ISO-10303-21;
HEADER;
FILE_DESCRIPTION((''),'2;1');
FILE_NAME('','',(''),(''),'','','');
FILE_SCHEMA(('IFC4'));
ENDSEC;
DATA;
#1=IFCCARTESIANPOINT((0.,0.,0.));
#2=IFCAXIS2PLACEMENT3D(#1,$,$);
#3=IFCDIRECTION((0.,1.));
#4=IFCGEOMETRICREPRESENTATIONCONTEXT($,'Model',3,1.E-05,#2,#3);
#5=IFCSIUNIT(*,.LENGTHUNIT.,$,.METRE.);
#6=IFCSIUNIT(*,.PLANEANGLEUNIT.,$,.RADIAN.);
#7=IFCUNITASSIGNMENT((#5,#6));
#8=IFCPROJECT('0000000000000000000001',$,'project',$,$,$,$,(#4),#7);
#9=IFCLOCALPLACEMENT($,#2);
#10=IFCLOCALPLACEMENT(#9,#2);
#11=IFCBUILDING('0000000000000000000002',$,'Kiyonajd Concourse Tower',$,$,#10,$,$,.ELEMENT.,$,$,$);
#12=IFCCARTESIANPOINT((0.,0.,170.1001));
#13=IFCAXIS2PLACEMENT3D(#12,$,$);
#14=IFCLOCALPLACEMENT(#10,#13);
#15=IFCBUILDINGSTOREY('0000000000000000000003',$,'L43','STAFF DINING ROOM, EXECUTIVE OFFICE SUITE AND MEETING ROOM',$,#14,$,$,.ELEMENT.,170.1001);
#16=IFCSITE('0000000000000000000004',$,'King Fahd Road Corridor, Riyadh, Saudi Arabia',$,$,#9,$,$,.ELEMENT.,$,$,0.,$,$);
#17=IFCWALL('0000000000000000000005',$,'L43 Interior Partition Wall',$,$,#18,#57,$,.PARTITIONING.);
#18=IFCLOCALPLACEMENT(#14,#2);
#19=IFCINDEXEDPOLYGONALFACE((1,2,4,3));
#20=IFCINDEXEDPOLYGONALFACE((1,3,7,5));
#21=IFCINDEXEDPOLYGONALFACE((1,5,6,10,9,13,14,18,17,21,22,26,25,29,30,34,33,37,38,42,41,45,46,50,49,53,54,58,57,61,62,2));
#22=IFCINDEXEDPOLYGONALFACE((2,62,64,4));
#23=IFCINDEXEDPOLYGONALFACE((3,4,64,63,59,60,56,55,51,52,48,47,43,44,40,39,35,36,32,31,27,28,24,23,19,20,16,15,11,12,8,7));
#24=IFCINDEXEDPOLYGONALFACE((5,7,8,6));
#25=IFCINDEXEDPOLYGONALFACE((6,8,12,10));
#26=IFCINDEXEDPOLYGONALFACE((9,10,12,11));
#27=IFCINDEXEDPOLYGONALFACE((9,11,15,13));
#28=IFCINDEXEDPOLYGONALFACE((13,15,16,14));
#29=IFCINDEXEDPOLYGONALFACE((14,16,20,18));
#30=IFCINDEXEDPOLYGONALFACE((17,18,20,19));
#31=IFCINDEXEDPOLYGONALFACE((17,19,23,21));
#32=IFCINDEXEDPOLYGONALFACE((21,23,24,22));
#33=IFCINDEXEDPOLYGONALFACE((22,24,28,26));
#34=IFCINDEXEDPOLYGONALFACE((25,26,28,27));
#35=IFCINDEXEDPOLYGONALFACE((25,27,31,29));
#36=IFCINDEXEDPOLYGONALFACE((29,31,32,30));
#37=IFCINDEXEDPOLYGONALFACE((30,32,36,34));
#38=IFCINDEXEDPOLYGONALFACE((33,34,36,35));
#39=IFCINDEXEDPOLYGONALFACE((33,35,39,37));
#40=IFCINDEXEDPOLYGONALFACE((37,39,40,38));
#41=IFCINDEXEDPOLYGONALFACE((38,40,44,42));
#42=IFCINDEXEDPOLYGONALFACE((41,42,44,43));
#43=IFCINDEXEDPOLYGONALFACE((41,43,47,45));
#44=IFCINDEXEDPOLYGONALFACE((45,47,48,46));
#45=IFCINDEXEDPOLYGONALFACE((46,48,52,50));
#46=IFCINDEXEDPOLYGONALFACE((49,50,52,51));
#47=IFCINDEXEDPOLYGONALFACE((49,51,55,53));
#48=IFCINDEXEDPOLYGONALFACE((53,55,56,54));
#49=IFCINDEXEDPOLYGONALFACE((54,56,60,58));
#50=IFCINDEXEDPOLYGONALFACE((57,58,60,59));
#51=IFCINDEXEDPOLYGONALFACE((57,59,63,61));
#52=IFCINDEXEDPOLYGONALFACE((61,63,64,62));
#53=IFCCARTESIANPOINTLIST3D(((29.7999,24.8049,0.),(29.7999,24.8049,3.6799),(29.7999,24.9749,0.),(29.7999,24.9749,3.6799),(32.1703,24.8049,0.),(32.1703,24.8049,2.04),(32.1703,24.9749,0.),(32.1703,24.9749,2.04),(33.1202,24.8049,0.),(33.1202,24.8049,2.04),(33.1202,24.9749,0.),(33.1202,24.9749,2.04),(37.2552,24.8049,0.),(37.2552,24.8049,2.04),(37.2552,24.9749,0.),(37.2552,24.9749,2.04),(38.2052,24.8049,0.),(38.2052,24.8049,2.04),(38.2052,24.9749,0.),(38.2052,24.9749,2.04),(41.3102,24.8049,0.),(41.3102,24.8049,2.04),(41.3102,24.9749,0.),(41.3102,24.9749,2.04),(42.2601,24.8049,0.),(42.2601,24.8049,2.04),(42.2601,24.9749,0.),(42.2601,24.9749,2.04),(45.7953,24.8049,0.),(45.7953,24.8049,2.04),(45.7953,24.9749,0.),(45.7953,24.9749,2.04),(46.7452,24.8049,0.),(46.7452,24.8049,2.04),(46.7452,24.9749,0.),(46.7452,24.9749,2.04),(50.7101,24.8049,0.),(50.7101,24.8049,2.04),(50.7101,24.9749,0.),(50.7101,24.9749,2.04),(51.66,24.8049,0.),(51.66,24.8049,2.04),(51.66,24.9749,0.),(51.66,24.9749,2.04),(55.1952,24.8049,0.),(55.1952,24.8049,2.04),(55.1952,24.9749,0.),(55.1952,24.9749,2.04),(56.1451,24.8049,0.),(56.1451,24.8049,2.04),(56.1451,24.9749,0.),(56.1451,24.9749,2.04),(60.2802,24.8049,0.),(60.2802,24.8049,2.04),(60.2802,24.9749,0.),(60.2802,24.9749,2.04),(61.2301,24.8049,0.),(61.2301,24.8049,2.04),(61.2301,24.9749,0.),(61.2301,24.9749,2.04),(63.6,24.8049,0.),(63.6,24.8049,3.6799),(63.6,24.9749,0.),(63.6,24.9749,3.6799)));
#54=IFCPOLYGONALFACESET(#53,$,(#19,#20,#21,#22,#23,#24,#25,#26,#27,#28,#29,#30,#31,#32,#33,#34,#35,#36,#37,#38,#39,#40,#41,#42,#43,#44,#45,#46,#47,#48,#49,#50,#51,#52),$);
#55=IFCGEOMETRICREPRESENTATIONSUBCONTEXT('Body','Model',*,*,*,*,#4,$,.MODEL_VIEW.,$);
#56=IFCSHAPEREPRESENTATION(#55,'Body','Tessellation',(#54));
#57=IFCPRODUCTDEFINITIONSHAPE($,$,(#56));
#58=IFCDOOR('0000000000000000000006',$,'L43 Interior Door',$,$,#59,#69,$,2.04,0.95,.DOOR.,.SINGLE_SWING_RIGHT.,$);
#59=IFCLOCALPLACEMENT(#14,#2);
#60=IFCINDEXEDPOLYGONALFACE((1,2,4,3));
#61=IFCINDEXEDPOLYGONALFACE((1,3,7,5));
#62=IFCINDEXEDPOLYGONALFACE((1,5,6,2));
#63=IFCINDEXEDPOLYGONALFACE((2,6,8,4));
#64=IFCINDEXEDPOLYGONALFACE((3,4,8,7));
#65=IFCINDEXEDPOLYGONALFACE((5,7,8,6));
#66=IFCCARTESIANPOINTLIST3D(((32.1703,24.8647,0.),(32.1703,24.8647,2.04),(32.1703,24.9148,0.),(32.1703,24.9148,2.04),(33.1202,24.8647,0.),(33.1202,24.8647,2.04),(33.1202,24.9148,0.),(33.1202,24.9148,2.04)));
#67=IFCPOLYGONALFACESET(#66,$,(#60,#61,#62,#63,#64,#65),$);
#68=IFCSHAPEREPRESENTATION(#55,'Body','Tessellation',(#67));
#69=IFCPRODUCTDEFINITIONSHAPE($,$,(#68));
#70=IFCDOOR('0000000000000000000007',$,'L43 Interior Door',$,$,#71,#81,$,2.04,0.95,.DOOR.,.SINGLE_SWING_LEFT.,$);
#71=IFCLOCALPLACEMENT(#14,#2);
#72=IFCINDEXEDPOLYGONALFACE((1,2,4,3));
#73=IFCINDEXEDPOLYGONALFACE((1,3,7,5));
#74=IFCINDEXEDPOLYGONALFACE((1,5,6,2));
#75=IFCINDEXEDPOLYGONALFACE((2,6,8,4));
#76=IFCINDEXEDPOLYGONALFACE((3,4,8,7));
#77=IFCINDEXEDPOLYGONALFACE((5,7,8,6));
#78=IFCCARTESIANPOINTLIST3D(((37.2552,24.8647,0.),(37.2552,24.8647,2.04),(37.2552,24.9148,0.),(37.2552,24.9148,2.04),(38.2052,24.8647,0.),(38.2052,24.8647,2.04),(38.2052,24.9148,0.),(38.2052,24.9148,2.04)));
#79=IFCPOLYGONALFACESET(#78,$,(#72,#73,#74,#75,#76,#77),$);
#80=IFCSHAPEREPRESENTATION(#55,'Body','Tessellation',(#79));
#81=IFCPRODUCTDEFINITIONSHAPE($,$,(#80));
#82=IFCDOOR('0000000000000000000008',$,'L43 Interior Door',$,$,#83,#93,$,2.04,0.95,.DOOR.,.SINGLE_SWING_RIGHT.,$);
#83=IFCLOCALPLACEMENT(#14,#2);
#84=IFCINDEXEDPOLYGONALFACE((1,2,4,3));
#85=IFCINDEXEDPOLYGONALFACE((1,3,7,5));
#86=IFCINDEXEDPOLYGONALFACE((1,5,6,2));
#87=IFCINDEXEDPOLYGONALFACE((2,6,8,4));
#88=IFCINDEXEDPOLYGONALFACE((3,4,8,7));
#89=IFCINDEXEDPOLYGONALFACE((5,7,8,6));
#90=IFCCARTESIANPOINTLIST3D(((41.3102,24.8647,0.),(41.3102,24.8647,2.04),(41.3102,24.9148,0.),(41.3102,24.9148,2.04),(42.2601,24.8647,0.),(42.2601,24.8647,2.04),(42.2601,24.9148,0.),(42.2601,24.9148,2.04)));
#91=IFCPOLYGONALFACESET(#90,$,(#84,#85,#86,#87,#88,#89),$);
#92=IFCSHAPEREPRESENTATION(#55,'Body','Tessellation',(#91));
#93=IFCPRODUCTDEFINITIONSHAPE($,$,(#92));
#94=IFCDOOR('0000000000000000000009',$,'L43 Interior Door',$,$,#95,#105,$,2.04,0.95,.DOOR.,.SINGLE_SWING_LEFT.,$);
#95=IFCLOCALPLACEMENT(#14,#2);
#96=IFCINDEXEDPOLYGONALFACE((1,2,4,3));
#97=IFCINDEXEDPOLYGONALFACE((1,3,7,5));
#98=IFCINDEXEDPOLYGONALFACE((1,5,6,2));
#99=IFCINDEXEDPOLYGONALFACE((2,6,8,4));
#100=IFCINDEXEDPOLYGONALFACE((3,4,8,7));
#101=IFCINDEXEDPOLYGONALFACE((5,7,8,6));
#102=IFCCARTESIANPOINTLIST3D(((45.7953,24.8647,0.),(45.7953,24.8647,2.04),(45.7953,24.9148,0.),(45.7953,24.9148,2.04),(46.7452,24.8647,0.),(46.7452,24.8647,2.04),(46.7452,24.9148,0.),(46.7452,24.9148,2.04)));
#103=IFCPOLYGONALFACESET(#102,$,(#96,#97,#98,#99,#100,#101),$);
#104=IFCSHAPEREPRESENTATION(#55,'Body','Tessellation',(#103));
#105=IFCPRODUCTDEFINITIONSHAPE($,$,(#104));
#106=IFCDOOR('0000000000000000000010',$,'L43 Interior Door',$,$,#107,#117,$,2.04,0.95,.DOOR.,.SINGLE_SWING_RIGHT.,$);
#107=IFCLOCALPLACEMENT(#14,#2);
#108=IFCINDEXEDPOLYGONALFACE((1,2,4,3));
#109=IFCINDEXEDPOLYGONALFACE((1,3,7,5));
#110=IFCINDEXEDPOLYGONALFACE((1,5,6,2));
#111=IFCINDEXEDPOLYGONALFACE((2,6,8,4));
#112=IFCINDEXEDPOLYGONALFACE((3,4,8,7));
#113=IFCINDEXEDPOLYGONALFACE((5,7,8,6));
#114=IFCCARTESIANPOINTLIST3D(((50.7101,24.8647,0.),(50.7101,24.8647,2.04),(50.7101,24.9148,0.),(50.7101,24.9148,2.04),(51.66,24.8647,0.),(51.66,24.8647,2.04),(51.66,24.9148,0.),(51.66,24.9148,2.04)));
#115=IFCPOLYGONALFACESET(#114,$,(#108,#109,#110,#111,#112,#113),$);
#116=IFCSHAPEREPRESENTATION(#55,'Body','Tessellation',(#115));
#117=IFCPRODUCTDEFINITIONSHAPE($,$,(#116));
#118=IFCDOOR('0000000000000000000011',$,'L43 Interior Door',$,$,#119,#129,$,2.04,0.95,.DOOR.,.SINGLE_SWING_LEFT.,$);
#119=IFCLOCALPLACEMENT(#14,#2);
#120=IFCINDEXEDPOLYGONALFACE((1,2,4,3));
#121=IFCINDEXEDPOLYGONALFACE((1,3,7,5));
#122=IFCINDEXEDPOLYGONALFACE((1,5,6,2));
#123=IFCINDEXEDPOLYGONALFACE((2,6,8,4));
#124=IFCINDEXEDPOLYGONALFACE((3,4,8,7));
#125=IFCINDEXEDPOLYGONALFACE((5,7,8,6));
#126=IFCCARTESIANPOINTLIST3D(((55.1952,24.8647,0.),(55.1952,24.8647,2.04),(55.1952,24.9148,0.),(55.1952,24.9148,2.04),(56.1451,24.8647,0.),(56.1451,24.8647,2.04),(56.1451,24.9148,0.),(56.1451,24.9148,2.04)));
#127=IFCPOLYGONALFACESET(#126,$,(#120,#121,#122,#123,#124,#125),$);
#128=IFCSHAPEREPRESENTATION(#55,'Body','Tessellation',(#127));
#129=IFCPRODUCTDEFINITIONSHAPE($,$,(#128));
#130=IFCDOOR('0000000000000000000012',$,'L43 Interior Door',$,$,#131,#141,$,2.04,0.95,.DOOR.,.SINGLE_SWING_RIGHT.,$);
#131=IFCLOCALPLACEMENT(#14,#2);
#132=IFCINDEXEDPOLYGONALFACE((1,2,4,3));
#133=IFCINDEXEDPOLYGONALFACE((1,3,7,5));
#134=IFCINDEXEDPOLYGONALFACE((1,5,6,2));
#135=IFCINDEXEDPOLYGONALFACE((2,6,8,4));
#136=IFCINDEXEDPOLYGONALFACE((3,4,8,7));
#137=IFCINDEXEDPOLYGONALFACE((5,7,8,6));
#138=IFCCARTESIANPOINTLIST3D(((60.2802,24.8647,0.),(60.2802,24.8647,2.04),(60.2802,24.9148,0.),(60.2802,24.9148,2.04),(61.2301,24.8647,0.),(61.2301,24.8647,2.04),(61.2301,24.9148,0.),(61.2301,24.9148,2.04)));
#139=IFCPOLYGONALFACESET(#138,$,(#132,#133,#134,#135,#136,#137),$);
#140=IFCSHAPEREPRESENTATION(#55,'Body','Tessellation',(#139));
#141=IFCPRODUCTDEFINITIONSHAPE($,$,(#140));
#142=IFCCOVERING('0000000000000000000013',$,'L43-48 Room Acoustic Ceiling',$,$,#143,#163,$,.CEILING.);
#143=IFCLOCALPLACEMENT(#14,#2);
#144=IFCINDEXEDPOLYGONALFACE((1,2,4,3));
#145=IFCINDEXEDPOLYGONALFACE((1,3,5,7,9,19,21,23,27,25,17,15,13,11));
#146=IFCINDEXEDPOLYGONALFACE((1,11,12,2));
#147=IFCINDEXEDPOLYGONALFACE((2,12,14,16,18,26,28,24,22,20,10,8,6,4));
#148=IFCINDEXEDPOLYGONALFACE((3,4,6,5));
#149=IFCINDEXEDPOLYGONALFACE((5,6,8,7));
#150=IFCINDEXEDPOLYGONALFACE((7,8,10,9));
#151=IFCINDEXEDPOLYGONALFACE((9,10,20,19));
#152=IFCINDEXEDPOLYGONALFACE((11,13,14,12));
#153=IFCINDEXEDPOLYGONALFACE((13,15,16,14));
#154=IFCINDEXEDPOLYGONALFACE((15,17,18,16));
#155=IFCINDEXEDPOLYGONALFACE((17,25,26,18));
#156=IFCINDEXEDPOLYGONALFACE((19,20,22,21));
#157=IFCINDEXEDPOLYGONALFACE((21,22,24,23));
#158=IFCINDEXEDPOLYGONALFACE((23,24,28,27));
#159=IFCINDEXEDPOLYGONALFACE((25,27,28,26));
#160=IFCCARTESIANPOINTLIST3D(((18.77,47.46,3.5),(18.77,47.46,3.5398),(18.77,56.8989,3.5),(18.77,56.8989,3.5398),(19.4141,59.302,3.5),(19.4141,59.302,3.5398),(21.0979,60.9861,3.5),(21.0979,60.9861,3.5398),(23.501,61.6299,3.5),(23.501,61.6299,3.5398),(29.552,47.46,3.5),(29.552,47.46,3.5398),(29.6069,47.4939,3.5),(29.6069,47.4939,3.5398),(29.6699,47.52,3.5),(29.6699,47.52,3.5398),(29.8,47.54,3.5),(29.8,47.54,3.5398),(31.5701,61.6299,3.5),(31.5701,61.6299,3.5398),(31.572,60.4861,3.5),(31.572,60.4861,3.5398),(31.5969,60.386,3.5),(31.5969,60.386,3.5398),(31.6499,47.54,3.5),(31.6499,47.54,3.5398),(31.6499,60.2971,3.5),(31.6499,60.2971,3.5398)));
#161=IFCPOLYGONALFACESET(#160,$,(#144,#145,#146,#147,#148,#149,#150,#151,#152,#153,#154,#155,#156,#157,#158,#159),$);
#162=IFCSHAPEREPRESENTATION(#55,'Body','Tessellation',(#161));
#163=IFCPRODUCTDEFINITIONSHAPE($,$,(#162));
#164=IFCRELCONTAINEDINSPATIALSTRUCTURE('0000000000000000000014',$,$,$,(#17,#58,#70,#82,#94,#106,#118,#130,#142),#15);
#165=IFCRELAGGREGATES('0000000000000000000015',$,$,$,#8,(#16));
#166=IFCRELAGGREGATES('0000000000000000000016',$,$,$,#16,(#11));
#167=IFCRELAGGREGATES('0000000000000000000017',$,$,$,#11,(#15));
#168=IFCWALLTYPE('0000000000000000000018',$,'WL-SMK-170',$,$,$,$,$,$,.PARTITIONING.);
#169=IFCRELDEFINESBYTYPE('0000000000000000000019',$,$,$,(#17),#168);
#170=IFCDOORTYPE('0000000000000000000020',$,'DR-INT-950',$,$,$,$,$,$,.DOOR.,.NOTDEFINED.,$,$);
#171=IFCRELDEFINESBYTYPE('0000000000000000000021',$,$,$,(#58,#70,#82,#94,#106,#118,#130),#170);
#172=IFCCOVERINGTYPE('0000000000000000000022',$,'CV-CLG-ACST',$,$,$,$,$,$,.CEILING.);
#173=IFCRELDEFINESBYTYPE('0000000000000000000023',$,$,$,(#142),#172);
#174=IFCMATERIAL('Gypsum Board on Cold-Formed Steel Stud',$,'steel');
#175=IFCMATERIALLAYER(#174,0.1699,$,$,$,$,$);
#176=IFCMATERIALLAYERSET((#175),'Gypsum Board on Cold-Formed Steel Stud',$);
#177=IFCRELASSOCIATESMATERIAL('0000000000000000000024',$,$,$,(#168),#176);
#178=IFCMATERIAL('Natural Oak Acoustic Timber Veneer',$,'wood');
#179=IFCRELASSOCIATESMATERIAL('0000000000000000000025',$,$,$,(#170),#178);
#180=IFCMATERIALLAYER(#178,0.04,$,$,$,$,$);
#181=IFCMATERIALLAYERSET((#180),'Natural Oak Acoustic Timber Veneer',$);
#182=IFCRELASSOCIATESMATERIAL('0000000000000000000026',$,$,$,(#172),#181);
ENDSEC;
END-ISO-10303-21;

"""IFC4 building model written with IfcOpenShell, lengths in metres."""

from ifc_helpers import new_model, si_unit, direction, frame, frame_2d, origin, place, context, subcontext, project, spatial, polyline, rectangle, outline, extrude, material, layer, layer_set, type_object, element, fill, save


model = new_model("IFC4")

# Units and contexts
model_context = context("Model", 3, precision=1e-05, world=origin(), true_north=direction((0.0, 1.0)))
body_context = subcontext(model_context, "Body", "Model", "MODEL_VIEW")
ifc_project = project(units=[si_unit("LENGTHUNIT", "METRE"), si_unit("PLANEANGLEUNIT", "RADIAN")], contexts=[model_context])

# Site, building, storey
site_placement = place(None, origin())
site = spatial("IfcSite", under=ifc_project, at=site_placement, Name="King Fahd Road Corridor, Riyadh, Saudi Arabia", CompositionType="ELEMENT", RefElevation=0.0)
building_placement = place(site_placement, origin())
building = spatial("IfcBuilding", under=site, at=building_placement, Name="Kiyonajd Concourse Tower", CompositionType="ELEMENT")
storey_placement = place(building_placement, frame((0.0, 0.0, 170.1001)))
storey = spatial("IfcBuildingStorey", under=building, at=storey_placement, Name="L43", Description="STAFF DINING ROOM, EXECUTIVE OFFICE SUITE AND MEETING ROOM", CompositionType="ELEMENT", Elevation=170.1001)

# Wall, openings, doors
ifc_material_1 = material(Name="Gypsum Board on Cold-Formed Steel Stud", Category="steel")
ifc_layer_1 = layer(ifc_material_1, 0.1699)
ifc_layer_set_1 = layer_set([ifc_layer_1], Name="Gypsum Board on Cold-Formed Steel Stud")
wall_type_1 = type_object("IfcWallType", Name="WL-SMK-170", PredefinedType="PARTITIONING", material=ifc_layer_set_1)
wall_1_placement = place(storey_placement, frame((29.8, 24.8899, 0.0), z_axis=(0.0, 0.0, 1.0), x_axis=(1.0, 0.0, 0.0)))
wall_1 = element("IfcWall", 1, at=wall_1_placement, inside=storey, type_object=wall_type_1, Name="L43 Interior Partition Wall", PredefinedType="PARTITIONING", context=body_context, shape_type="SweptSolid", body=[
    extrude(rectangle(XDim=33.8, YDim=0.1699, at=frame_2d((16.8999, 0.0))), origin(), (0.0, 0.0, 1.0), 3.6799),
])
opening_1_placement = place(wall_1_placement, frame((2.3701, 0.0, 0.0)))
opening_1 = element("IfcOpeningElement", 2, at=opening_1_placement, cuts=wall_1, PredefinedType="OPENING", context=body_context, shape_type="SweptSolid", body=[
    extrude(rectangle(XDim=0.95, YDim=2.04, at=frame_2d((0.4751, 1.02))), frame((0.0, 0.095, 0.0), z_axis=(0.0, -1.0, 0.0), x_axis=(1.0, 0.0, 0.0)), (0.0, 0.0, 1.0), 0.1899),
])
opening_2_placement = place(wall_1_placement, frame((7.4551, 0.0, 0.0)))
opening_2 = element("IfcOpeningElement", 3, at=opening_2_placement, cuts=wall_1, PredefinedType="OPENING", context=body_context, shape_type="SweptSolid", body=[
    extrude(rectangle(XDim=0.95, YDim=2.04, at=frame_2d((0.4751, 1.02))), frame((0.0, 0.095, 0.0), z_axis=(0.0, -1.0, 0.0), x_axis=(1.0, 0.0, 0.0)), (0.0, 0.0, 1.0), 0.1899),
])
opening_3_placement = place(wall_1_placement, frame((11.51, 0.0, 0.0)))
opening_3 = element("IfcOpeningElement", 4, at=opening_3_placement, cuts=wall_1, PredefinedType="OPENING", context=body_context, shape_type="SweptSolid", body=[
    extrude(rectangle(XDim=0.95, YDim=2.04, at=frame_2d((0.4751, 1.02))), frame((0.0, 0.095, 0.0), z_axis=(0.0, -1.0, 0.0), x_axis=(1.0, 0.0, 0.0)), (0.0, 0.0, 1.0), 0.1899),
])
opening_4_placement = place(wall_1_placement, frame((15.9951, 0.0, 0.0)))
opening_4 = element("IfcOpeningElement", 5, at=opening_4_placement, cuts=wall_1, PredefinedType="OPENING", context=body_context, shape_type="SweptSolid", body=[
    extrude(rectangle(XDim=0.95, YDim=2.04, at=frame_2d((0.4751, 1.02))), frame((0.0, 0.095, 0.0), z_axis=(0.0, -1.0, 0.0), x_axis=(1.0, 0.0, 0.0)), (0.0, 0.0, 1.0), 0.1899),
])
opening_5_placement = place(wall_1_placement, frame((20.9099, 0.0, 0.0)))
opening_5 = element("IfcOpeningElement", 6, at=opening_5_placement, cuts=wall_1, PredefinedType="OPENING", context=body_context, shape_type="SweptSolid", body=[
    extrude(rectangle(XDim=0.95, YDim=2.04, at=frame_2d((0.4751, 1.02))), frame((0.0, 0.095, 0.0), z_axis=(0.0, -1.0, 0.0), x_axis=(1.0, 0.0, 0.0)), (0.0, 0.0, 1.0), 0.1899),
])
opening_6_placement = place(wall_1_placement, frame((25.395, 0.0, 0.0)))
opening_6 = element("IfcOpeningElement", 7, at=opening_6_placement, cuts=wall_1, PredefinedType="OPENING", context=body_context, shape_type="SweptSolid", body=[
    extrude(rectangle(XDim=0.95, YDim=2.04, at=frame_2d((0.4751, 1.02))), frame((0.0, 0.095, 0.0), z_axis=(0.0, -1.0, 0.0), x_axis=(1.0, 0.0, 0.0)), (0.0, 0.0, 1.0), 0.1899),
])
opening_7_placement = place(wall_1_placement, frame((30.48, 0.0, 0.0)))
opening_7 = element("IfcOpeningElement", 8, at=opening_7_placement, cuts=wall_1, PredefinedType="OPENING", context=body_context, shape_type="SweptSolid", body=[
    extrude(rectangle(XDim=0.95, YDim=2.04, at=frame_2d((0.4751, 1.02))), frame((0.0, 0.095, 0.0), z_axis=(0.0, -1.0, 0.0), x_axis=(1.0, 0.0, 0.0)), (0.0, 0.0, 1.0), 0.1899),
])
ifc_material_2 = material(Name="Natural Oak Acoustic Timber Veneer", Category="wood")
door_type = type_object("IfcDoorType", Name="DR-INT-950", OperationType="NOTDEFINED", PredefinedType="DOOR", material=ifc_material_2)
door_1_placement = place(opening_1_placement, origin())
door_1 = element("IfcDoor", 9, at=door_1_placement, inside=storey, type_object=door_type, Name="L43 Interior Door", OperationType="SINGLE_SWING_RIGHT", OverallHeight=2.04, OverallWidth=0.95, PredefinedType="DOOR", context=body_context, shape_type="SweptSolid", body=[
    extrude(rectangle(XDim=0.95, YDim=2.04, at=frame_2d((0.4751, 1.02))), frame((0.0, 0.0249, 0.0), z_axis=(0.0, -1.0, 0.0), x_axis=(1.0, 0.0, 0.0)), (0.0, 0.0, 1.0), 0.05),
])
fill(opening_1, door_1)
door_2_placement = place(opening_2_placement, origin())
door_2 = element("IfcDoor", 10, at=door_2_placement, inside=storey, type_object=door_type, Name="L43 Interior Door", OperationType="SINGLE_SWING_LEFT", OverallHeight=2.04, OverallWidth=0.95, PredefinedType="DOOR", context=body_context, shape_type="SweptSolid", body=[
    extrude(rectangle(XDim=0.95, YDim=2.04, at=frame_2d((0.4751, 1.02))), frame((0.0, 0.0249, 0.0), z_axis=(0.0, -1.0, 0.0), x_axis=(1.0, 0.0, 0.0)), (0.0, 0.0, 1.0), 0.05),
])
fill(opening_2, door_2)
door_3_placement = place(opening_3_placement, origin())
door_3 = element("IfcDoor", 11, at=door_3_placement, inside=storey, type_object=door_type, Name="L43 Interior Door", OperationType="SINGLE_SWING_RIGHT", OverallHeight=2.04, OverallWidth=0.95, PredefinedType="DOOR", context=body_context, shape_type="SweptSolid", body=[
    extrude(rectangle(XDim=0.95, YDim=2.04, at=frame_2d((0.4751, 1.02))), frame((0.0, 0.0249, 0.0), z_axis=(0.0, -1.0, 0.0), x_axis=(1.0, 0.0, 0.0)), (0.0, 0.0, 1.0), 0.05),
])
fill(opening_3, door_3)
door_4_placement = place(opening_4_placement, origin())
door_4 = element("IfcDoor", 12, at=door_4_placement, inside=storey, type_object=door_type, Name="L43 Interior Door", OperationType="SINGLE_SWING_LEFT", OverallHeight=2.04, OverallWidth=0.95, PredefinedType="DOOR", context=body_context, shape_type="SweptSolid", body=[
    extrude(rectangle(XDim=0.95, YDim=2.04, at=frame_2d((0.4751, 1.02))), frame((0.0, 0.0249, 0.0), z_axis=(0.0, -1.0, 0.0), x_axis=(1.0, 0.0, 0.0)), (0.0, 0.0, 1.0), 0.05),
])
fill(opening_4, door_4)
door_5_placement = place(opening_5_placement, origin())
door_5 = element("IfcDoor", 13, at=door_5_placement, inside=storey, type_object=door_type, Name="L43 Interior Door", OperationType="SINGLE_SWING_RIGHT", OverallHeight=2.04, OverallWidth=0.95, PredefinedType="DOOR", context=body_context, shape_type="SweptSolid", body=[
    extrude(rectangle(XDim=0.95, YDim=2.04, at=frame_2d((0.4751, 1.02))), frame((0.0, 0.0249, 0.0), z_axis=(0.0, -1.0, 0.0), x_axis=(1.0, 0.0, 0.0)), (0.0, 0.0, 1.0), 0.05),
])
fill(opening_5, door_5)
door_6_placement = place(opening_6_placement, origin())
door_6 = element("IfcDoor", 14, at=door_6_placement, inside=storey, type_object=door_type, Name="L43 Interior Door", OperationType="SINGLE_SWING_LEFT", OverallHeight=2.04, OverallWidth=0.95, PredefinedType="DOOR", context=body_context, shape_type="SweptSolid", body=[
    extrude(rectangle(XDim=0.95, YDim=2.04, at=frame_2d((0.4751, 1.02))), frame((0.0, 0.0249, 0.0), z_axis=(0.0, -1.0, 0.0), x_axis=(1.0, 0.0, 0.0)), (0.0, 0.0, 1.0), 0.05),
])
fill(opening_6, door_6)
door_7_placement = place(opening_7_placement, origin())
door_7 = element("IfcDoor", 15, at=door_7_placement, inside=storey, type_object=door_type, Name="L43 Interior Door", OperationType="SINGLE_SWING_RIGHT", OverallHeight=2.04, OverallWidth=0.95, PredefinedType="DOOR", context=body_context, shape_type="SweptSolid", body=[
    extrude(rectangle(XDim=0.95, YDim=2.04, at=frame_2d((0.4751, 1.02))), frame((0.0, 0.0249, 0.0), z_axis=(0.0, -1.0, 0.0), x_axis=(1.0, 0.0, 0.0)), (0.0, 0.0, 1.0), 0.05),
])
fill(opening_7, door_7)

# Covering
ifc_layer_2 = layer(ifc_material_2, 0.04)
ifc_layer_set_2 = layer_set([ifc_layer_2], Name="Natural Oak Acoustic Timber Veneer")
covering_type = type_object("IfcCoveringType", Name="CV-CLG-ACST", PredefinedType="CEILING", material=ifc_layer_set_2)
covering_1_placement = place(storey_placement, frame((0.0, 0.0, 3.5)))
element("IfcCovering", 16, at=covering_1_placement, inside=storey, type_object=covering_type, Name="L43-48 Room Acoustic Ceiling", PredefinedType="CEILING", context=body_context, shape_type="SweptSolid", body=[
    extrude(outline(polyline([(21.0979, 60.9861), (23.501, 61.6299), (31.5701, 61.6299), (31.572, 60.4861), (31.5969, 60.386), (31.6499, 60.2971), (31.6499, 47.54), (29.8, 47.54), (29.6699, 47.52), (29.6069, 47.4939), (29.552, 47.46), (18.77, 47.46), (18.77, 56.8989), (19.4141, 59.302), (21.0979, 60.9861)])), origin(), (0.0, 0.0, 1.0), 0.0398),
])

save(model, "model.ifc")
